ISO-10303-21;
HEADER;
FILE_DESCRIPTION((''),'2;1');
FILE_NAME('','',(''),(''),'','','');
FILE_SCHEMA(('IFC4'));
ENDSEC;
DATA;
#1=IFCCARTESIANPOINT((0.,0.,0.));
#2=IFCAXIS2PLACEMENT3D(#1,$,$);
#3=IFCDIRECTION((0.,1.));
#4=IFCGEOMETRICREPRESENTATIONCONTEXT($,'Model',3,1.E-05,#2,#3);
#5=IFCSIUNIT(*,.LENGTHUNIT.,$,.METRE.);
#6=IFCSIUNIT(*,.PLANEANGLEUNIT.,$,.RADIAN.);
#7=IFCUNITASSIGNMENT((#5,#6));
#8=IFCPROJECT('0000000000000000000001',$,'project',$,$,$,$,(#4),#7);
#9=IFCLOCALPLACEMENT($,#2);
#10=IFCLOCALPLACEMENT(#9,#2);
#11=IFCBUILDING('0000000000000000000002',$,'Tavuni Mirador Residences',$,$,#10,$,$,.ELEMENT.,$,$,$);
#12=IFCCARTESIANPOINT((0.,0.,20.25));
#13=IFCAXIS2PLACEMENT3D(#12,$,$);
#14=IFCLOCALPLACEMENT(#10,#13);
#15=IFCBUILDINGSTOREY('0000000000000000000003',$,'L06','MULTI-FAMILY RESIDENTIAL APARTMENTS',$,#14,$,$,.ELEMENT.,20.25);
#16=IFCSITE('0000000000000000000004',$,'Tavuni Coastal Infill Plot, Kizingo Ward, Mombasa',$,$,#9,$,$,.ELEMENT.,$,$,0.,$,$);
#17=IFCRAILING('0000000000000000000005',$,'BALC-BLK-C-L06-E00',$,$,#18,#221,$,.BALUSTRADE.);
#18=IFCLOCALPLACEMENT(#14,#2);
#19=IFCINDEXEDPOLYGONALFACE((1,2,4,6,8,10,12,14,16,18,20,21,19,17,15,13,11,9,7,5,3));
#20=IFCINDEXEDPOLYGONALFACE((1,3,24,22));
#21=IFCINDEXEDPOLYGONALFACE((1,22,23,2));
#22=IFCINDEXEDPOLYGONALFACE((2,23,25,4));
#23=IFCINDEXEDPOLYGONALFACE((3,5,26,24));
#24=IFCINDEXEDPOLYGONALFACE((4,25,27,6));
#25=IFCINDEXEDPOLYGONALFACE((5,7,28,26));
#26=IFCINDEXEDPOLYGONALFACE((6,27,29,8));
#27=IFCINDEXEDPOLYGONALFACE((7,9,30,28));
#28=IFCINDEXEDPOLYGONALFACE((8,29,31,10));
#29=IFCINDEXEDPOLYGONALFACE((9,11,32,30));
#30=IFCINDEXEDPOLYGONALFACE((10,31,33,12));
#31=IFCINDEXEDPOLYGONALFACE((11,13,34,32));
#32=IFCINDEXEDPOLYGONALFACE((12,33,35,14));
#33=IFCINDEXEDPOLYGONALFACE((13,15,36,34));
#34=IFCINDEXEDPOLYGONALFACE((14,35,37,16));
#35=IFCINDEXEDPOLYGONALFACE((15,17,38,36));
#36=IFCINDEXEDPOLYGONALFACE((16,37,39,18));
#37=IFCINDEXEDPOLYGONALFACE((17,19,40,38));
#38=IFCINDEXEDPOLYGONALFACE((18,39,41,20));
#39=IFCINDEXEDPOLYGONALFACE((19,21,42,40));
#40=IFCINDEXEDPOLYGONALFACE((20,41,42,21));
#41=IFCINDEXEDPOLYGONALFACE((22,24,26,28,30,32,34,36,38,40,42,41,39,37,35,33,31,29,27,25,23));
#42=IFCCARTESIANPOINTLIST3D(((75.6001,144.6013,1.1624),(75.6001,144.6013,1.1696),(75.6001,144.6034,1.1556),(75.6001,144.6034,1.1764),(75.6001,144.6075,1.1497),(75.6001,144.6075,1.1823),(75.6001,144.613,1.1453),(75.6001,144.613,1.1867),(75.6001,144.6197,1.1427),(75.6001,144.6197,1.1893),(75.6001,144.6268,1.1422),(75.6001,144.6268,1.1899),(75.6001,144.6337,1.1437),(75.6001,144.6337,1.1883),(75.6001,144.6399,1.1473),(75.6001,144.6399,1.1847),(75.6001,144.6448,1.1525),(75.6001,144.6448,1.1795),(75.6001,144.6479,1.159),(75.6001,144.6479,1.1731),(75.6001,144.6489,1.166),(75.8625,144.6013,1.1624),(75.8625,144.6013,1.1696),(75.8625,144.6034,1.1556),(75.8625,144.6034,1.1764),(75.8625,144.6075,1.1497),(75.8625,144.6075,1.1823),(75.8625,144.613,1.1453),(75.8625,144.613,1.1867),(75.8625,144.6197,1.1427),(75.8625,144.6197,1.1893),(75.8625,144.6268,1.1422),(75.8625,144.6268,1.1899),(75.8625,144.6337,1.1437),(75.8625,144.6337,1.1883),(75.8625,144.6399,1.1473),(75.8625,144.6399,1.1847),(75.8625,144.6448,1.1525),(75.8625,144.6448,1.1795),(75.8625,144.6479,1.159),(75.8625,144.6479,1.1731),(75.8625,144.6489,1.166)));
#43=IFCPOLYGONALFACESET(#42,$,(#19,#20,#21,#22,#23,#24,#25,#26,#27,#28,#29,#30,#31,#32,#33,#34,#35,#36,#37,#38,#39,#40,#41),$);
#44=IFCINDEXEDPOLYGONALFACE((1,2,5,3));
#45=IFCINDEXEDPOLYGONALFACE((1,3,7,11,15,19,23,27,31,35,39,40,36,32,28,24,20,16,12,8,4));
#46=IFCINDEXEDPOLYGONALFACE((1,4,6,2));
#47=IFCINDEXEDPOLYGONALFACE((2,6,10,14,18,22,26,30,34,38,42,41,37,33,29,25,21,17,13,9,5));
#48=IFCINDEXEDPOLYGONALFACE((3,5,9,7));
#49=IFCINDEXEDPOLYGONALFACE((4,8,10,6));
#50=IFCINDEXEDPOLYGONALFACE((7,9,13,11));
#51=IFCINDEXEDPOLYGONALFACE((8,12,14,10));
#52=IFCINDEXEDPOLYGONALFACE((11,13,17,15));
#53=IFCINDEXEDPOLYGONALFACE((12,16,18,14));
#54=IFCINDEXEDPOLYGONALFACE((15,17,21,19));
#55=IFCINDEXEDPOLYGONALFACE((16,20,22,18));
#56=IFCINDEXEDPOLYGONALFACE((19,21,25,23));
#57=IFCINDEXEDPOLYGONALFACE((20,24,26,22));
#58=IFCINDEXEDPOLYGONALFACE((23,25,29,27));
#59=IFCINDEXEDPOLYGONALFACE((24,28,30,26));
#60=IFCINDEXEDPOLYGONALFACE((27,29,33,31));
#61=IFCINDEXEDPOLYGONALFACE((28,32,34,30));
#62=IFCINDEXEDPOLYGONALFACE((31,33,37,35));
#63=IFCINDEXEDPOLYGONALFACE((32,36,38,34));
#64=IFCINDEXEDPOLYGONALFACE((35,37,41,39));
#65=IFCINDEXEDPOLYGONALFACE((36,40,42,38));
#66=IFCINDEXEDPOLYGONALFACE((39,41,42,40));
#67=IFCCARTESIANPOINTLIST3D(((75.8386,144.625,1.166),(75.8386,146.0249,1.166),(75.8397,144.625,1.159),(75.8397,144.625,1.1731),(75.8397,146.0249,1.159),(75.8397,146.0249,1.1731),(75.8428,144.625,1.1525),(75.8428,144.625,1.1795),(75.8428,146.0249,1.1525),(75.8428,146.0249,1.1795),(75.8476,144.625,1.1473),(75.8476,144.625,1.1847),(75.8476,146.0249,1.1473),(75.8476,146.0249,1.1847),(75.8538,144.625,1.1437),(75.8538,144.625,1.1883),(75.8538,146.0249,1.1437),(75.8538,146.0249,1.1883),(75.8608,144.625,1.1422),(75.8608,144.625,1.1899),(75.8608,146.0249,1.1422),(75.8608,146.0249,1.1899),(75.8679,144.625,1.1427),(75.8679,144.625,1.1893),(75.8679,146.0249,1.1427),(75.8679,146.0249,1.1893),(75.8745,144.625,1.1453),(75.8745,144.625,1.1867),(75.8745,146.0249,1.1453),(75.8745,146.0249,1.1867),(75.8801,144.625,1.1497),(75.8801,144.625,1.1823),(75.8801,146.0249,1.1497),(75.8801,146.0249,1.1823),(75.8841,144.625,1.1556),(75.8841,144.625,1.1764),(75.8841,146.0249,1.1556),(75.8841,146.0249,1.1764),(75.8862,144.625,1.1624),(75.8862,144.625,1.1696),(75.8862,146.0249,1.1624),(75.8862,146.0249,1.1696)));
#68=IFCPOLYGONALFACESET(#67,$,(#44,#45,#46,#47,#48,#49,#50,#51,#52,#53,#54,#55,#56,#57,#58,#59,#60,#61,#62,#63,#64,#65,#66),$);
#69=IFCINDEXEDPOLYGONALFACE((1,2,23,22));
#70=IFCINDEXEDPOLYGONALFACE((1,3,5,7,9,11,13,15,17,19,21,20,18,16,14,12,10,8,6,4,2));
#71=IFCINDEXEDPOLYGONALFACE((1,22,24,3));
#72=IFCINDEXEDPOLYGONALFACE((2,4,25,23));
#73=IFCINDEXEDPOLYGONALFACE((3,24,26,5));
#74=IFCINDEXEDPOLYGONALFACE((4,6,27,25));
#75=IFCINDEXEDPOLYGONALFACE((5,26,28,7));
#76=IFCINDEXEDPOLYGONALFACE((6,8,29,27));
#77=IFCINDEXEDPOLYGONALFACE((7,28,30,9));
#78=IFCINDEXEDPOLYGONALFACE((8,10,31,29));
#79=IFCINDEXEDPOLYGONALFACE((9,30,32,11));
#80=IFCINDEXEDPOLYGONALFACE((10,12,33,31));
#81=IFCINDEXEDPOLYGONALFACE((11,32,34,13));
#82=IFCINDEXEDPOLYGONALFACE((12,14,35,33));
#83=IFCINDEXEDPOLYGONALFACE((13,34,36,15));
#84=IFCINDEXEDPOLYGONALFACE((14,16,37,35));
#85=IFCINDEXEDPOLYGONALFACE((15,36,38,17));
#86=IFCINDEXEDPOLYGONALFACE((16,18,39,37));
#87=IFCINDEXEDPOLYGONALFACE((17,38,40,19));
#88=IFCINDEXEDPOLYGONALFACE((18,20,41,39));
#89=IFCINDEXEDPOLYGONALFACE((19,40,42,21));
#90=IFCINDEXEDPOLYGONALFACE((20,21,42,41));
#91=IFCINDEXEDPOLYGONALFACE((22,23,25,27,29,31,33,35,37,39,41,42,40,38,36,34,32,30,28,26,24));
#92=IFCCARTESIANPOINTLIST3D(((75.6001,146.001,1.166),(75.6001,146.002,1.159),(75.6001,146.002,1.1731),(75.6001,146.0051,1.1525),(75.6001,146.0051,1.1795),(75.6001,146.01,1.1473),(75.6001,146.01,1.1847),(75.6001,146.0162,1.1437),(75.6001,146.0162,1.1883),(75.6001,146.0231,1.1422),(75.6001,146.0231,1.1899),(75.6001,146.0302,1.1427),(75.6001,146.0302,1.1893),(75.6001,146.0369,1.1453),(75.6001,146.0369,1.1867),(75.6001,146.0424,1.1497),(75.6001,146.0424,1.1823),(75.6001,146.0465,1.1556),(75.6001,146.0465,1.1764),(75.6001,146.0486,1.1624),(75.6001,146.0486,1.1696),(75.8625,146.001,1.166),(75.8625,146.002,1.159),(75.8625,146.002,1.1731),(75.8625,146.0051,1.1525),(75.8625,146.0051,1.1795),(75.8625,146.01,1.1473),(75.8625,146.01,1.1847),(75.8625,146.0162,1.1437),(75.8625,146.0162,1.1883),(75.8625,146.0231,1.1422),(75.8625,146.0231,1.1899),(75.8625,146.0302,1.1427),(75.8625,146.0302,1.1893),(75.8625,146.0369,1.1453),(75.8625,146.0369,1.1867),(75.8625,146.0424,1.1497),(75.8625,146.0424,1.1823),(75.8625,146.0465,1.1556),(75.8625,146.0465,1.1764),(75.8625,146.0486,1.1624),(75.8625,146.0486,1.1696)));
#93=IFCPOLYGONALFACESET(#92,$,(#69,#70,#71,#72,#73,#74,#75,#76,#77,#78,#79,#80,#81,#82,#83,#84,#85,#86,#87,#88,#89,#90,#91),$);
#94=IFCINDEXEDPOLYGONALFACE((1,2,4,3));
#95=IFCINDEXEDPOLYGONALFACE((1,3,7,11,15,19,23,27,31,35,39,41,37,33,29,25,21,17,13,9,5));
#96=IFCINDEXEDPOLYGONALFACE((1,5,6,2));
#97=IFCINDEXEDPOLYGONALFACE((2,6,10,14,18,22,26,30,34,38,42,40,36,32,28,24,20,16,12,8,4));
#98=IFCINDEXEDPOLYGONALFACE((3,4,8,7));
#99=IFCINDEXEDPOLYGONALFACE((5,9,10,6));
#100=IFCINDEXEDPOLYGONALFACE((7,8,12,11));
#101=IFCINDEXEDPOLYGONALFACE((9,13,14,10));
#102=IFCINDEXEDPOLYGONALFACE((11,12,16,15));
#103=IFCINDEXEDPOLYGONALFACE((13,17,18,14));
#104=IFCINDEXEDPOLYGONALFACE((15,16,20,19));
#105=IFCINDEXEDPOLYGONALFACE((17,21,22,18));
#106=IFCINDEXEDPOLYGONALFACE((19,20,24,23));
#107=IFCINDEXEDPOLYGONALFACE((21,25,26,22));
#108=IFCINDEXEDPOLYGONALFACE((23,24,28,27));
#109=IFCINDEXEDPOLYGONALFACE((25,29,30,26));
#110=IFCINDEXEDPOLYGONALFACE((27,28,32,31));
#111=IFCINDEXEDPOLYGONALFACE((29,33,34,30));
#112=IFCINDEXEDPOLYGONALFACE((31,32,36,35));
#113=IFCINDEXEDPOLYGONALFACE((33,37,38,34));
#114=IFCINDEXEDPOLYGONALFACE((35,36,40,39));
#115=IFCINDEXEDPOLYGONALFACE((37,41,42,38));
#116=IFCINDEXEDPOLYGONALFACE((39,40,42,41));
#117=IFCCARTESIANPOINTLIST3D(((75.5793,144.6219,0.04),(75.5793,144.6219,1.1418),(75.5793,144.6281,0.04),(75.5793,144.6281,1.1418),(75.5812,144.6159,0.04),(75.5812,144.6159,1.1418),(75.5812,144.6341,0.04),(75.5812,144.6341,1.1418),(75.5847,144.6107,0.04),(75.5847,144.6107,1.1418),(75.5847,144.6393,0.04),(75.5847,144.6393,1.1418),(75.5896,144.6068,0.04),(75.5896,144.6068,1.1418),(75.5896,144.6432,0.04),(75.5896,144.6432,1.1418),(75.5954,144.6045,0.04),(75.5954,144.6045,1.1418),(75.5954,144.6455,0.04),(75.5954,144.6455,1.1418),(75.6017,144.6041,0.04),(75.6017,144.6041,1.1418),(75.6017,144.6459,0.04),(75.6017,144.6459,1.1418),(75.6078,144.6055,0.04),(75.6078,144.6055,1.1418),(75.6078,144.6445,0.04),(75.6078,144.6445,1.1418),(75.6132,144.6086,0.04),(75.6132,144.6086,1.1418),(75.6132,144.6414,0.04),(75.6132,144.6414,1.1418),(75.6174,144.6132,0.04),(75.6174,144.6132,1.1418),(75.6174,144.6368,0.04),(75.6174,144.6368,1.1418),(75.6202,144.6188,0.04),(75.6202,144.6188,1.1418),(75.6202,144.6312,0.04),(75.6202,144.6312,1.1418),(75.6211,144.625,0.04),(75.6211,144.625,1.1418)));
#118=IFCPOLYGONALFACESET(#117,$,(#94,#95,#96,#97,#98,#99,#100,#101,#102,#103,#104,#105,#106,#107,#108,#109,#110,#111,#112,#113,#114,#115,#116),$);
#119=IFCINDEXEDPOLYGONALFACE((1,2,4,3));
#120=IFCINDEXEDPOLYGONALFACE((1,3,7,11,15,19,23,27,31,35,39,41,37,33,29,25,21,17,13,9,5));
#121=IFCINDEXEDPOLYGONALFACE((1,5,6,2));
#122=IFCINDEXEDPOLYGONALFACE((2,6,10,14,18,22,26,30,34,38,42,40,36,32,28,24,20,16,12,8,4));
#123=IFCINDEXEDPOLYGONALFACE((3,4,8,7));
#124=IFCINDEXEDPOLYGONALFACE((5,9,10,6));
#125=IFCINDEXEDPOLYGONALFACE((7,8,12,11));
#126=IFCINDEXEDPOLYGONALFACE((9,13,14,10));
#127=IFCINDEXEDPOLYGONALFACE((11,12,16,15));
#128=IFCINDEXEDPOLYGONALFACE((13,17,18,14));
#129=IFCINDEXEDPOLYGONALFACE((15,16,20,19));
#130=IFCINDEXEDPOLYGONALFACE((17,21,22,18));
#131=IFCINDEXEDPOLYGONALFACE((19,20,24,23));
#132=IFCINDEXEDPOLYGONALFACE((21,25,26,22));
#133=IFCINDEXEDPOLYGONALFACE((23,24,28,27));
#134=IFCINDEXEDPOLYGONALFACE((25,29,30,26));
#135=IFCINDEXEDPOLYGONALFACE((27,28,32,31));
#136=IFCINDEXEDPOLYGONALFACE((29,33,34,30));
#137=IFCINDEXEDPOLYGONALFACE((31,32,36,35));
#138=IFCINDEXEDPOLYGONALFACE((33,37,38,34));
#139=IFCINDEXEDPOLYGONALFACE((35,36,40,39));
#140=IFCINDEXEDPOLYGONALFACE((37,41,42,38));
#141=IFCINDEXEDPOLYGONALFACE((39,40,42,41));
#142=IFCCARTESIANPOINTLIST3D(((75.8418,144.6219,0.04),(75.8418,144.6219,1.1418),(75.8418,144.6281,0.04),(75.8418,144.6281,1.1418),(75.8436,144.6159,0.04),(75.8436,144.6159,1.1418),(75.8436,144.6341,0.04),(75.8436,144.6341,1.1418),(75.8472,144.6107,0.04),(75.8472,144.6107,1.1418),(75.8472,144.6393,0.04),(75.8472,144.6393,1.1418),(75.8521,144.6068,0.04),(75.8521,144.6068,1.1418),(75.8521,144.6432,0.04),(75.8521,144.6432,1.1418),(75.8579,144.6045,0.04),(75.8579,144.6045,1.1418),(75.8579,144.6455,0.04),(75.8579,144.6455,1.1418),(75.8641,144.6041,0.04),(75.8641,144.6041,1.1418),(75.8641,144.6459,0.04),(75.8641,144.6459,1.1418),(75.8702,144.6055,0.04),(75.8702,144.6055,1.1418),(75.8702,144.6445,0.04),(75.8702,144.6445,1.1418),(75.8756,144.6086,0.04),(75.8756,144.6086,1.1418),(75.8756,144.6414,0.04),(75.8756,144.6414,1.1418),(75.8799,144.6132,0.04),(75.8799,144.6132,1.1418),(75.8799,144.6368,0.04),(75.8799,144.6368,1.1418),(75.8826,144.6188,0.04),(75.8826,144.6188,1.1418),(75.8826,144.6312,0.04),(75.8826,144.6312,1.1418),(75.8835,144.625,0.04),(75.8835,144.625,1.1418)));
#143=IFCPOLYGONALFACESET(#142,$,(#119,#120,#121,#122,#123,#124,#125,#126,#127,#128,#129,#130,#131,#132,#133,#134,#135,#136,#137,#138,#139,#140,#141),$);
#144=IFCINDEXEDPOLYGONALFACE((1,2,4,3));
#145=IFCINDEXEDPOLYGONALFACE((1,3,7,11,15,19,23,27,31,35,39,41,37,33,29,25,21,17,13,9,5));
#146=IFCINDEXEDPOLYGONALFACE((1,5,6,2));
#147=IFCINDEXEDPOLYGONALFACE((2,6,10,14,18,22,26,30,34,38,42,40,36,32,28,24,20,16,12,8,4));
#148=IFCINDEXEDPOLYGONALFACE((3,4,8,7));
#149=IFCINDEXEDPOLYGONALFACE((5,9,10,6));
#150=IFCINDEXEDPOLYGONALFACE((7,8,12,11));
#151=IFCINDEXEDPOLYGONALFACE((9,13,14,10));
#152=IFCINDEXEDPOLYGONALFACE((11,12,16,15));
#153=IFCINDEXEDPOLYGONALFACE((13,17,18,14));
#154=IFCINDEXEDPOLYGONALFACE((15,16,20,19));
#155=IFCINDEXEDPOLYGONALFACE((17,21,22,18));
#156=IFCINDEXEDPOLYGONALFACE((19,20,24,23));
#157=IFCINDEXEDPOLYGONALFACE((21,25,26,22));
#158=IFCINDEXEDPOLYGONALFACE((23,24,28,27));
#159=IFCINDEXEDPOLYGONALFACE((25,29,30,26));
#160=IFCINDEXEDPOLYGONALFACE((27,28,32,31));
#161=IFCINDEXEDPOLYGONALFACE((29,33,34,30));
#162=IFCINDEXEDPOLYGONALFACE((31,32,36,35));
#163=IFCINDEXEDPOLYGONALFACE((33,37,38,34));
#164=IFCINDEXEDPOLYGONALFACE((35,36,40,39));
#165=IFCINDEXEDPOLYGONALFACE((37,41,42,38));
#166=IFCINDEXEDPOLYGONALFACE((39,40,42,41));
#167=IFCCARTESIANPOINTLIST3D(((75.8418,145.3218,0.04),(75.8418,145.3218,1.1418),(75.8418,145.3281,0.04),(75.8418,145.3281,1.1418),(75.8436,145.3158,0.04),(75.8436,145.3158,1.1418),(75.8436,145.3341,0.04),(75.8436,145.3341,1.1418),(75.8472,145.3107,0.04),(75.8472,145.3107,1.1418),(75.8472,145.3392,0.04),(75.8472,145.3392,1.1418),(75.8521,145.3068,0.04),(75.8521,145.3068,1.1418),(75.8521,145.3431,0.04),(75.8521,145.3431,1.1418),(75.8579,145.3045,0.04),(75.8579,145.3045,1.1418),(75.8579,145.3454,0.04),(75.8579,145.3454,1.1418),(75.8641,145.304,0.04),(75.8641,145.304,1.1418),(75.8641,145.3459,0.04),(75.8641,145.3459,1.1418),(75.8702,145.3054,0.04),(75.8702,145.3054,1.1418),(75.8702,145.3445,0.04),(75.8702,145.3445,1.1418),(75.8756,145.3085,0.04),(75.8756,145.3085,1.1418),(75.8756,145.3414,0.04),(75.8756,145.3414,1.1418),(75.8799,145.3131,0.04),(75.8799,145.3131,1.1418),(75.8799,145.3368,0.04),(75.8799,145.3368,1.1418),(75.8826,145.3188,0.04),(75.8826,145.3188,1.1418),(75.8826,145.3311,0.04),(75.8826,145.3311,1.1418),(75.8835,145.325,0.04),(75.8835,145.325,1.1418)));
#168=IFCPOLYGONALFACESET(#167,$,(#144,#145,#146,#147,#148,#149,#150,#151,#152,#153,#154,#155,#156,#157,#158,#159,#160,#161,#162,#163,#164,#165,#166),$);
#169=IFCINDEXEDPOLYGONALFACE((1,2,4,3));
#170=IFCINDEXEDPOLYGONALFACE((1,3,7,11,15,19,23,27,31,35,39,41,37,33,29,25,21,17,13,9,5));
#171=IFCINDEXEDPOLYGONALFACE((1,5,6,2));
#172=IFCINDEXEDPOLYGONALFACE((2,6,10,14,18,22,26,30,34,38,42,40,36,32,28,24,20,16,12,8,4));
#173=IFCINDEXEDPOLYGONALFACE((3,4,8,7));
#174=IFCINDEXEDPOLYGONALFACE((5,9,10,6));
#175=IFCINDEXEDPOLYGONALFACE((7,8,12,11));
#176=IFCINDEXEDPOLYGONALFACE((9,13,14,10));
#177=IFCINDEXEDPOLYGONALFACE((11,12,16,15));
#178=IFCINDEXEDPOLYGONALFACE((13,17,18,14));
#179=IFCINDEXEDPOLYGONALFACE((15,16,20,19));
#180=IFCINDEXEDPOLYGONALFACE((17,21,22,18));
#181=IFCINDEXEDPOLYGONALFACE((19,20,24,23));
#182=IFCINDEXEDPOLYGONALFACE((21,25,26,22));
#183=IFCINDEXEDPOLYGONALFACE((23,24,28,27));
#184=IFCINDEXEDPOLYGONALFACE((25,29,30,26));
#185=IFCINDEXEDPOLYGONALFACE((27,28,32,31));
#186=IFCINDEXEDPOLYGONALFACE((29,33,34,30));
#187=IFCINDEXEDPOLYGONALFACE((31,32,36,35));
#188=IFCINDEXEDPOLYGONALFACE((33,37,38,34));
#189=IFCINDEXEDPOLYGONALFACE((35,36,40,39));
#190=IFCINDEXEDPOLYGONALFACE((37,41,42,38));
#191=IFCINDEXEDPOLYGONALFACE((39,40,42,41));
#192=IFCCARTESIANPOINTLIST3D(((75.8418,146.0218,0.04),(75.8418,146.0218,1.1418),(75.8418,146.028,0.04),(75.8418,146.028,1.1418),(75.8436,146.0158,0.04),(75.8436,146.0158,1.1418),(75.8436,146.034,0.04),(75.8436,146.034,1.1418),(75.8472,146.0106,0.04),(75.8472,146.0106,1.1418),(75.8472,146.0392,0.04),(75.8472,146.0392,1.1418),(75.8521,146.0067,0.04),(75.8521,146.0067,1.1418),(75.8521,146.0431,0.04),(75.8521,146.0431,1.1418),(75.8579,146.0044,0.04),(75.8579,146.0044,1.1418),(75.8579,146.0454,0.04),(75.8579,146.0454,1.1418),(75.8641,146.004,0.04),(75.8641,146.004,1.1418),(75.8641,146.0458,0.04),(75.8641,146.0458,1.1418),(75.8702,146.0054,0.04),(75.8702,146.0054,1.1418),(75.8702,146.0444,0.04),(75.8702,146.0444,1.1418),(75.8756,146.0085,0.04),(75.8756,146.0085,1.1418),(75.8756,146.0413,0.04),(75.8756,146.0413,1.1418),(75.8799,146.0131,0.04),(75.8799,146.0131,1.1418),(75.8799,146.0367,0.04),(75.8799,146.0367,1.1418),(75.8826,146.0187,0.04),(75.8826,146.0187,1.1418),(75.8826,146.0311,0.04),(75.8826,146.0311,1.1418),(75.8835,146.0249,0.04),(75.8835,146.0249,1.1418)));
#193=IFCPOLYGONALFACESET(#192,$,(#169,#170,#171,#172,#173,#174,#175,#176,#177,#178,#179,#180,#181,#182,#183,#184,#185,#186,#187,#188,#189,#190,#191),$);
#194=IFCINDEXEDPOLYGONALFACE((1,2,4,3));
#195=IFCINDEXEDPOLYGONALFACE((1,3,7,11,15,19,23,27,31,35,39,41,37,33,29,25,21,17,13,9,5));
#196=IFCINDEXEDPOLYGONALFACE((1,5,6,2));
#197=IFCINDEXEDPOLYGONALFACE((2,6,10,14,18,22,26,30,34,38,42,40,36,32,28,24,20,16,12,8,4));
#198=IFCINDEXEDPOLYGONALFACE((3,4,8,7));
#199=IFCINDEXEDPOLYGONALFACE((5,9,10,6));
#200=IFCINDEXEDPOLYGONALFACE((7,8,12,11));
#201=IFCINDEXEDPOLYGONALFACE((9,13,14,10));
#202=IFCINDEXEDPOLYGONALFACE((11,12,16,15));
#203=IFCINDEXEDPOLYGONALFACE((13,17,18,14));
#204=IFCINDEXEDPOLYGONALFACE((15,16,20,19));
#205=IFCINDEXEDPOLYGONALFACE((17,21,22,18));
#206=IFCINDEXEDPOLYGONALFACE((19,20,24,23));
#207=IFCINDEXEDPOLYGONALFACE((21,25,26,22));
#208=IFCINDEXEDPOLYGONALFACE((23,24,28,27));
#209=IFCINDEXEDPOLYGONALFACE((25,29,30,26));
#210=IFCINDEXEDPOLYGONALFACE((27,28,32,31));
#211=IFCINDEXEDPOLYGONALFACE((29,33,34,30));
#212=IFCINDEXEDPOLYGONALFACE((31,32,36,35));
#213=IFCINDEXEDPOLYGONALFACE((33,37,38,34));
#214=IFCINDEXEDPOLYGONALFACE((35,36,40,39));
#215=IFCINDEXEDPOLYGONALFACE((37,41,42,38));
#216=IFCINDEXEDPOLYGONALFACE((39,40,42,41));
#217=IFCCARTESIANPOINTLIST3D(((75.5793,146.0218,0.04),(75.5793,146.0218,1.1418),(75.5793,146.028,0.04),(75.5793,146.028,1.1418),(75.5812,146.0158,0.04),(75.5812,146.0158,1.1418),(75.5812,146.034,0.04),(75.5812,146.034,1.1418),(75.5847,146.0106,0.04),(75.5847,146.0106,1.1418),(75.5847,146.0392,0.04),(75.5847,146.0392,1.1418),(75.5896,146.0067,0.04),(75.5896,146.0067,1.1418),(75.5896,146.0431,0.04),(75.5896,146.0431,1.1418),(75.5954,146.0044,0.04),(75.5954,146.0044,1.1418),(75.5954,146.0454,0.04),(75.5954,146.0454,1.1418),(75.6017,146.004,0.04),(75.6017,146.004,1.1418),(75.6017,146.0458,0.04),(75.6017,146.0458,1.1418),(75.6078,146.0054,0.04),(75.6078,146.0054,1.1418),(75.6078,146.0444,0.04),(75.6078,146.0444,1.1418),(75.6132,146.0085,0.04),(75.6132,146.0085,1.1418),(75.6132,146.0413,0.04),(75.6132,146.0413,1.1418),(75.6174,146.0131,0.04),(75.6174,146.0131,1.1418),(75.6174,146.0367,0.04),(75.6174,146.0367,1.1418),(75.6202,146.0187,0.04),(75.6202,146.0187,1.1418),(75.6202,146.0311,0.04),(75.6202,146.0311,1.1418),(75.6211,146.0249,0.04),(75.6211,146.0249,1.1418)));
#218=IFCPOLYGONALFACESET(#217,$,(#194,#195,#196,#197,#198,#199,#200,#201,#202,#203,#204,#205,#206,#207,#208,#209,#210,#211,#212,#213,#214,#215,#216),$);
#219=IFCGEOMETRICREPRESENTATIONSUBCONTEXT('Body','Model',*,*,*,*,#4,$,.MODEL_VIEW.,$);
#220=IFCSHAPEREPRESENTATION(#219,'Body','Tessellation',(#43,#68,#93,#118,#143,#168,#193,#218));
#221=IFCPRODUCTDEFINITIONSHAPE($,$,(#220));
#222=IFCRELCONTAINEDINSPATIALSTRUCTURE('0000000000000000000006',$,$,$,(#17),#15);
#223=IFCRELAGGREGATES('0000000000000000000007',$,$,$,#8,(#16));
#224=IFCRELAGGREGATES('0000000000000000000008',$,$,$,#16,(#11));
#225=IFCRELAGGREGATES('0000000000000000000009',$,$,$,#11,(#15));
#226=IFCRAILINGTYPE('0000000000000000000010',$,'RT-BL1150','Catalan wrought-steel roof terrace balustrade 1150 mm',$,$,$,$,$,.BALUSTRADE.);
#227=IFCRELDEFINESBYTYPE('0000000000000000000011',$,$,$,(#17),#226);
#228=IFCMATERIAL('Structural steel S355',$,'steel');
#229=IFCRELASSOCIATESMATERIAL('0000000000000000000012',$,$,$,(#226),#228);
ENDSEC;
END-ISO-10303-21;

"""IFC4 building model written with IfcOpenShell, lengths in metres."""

from ifc_helpers import new_model, si_unit, direction, frame, origin, origin_2d, place, context, subcontext, project, spatial, circle, extrude, material, type_object, element, save


model = new_model("IFC4")

# Units and contexts
model_context = context("Model", 3, precision=1e-05, world=origin(), true_north=direction((0.0, 1.0)))
body_context = subcontext(model_context, "Body", "Model", "MODEL_VIEW")
ifc_project = project(units=[si_unit("LENGTHUNIT", "METRE"), si_unit("PLANEANGLEUNIT", "RADIAN")], contexts=[model_context])

# Site, building, storey
site_placement = place(None, origin())
site = spatial("IfcSite", under=ifc_project, at=site_placement, Name="Tavuni Coastal Infill Plot, Kizingo Ward, Mombasa", CompositionType="ELEMENT", RefElevation=0.0)
building_placement = place(site_placement, origin())
building = spatial("IfcBuilding", under=site, at=building_placement, Name="Tavuni Mirador Residences", CompositionType="ELEMENT")
storey_placement = place(building_placement, frame((0.0, 0.0, 20.25)))
storey = spatial("IfcBuildingStorey", under=building, at=storey_placement, Name="L06", Description="MULTI-FAMILY RESIDENTIAL APARTMENTS", CompositionType="ELEMENT", Elevation=20.25)

# Railing
ifc_material_1 = material(Name="Structural steel S355", Category="steel")
railing_type = type_object("IfcRailingType", Name="RT-BL1150", Description="Catalan wrought-steel roof terrace balustrade 1150 mm", PredefinedType="BALUSTRADE", material=ifc_material_1)
railing_placement = place(storey_placement, frame((75.6001, 144.625, 0.04)))
element("IfcRailing", 1, at=railing_placement, inside=storey, type_object=railing_type, Name="BALC-BLK-C-L06-E00", PredefinedType="BALUSTRADE", context=body_context, shape_type="SweptSolid", body=[
    extrude(circle(Radius=0.0239, at=origin_2d()), frame((0.0, 0.0, 1.126), z_axis=(1.0, 0.0, 0.0), x_axis=(0.0, 1.0, 0.0)), (0.0, 0.0, 1.0), 0.2625),
    extrude(circle(Radius=0.0239, at=origin_2d()), frame((0.2625, 0.0, 1.126), z_axis=(0.0, 1.0, 0.0), x_axis=(-1.0, 0.0, 0.0)), (0.0, 0.0, 1.0), 1.3999),
    extrude(circle(Radius=0.0239, at=origin_2d()), frame((0.2625, 1.3999, 1.126), z_axis=(-1.0, 0.0, 0.0), x_axis=(0.0, -1.0, 0.0)), (0.0, 0.0, 1.0), 0.2625),
    extrude(circle(Radius=0.021, at=origin_2d()), origin(), (0.0, 0.0, 1.0), 1.1018),
    extrude(circle(Radius=0.021, at=origin_2d()), frame((0.2625, 0.0, 0.0)), (0.0, 0.0, 1.0), 1.1018),
    extrude(circle(Radius=0.021, at=origin_2d()), frame((0.2625, 0.7, 0.0)), (0.0, 0.0, 1.0), 1.1018),
    extrude(circle(Radius=0.021, at=origin_2d()), frame((0.2625, 1.3999, 0.0)), (0.0, 0.0, 1.0), 1.1018),
    extrude(circle(Radius=0.021, at=origin_2d()), frame((0.0, 1.3999, 0.0)), (0.0, 0.0, 1.0), 1.1018),
])

save(model, "model.ifc")
